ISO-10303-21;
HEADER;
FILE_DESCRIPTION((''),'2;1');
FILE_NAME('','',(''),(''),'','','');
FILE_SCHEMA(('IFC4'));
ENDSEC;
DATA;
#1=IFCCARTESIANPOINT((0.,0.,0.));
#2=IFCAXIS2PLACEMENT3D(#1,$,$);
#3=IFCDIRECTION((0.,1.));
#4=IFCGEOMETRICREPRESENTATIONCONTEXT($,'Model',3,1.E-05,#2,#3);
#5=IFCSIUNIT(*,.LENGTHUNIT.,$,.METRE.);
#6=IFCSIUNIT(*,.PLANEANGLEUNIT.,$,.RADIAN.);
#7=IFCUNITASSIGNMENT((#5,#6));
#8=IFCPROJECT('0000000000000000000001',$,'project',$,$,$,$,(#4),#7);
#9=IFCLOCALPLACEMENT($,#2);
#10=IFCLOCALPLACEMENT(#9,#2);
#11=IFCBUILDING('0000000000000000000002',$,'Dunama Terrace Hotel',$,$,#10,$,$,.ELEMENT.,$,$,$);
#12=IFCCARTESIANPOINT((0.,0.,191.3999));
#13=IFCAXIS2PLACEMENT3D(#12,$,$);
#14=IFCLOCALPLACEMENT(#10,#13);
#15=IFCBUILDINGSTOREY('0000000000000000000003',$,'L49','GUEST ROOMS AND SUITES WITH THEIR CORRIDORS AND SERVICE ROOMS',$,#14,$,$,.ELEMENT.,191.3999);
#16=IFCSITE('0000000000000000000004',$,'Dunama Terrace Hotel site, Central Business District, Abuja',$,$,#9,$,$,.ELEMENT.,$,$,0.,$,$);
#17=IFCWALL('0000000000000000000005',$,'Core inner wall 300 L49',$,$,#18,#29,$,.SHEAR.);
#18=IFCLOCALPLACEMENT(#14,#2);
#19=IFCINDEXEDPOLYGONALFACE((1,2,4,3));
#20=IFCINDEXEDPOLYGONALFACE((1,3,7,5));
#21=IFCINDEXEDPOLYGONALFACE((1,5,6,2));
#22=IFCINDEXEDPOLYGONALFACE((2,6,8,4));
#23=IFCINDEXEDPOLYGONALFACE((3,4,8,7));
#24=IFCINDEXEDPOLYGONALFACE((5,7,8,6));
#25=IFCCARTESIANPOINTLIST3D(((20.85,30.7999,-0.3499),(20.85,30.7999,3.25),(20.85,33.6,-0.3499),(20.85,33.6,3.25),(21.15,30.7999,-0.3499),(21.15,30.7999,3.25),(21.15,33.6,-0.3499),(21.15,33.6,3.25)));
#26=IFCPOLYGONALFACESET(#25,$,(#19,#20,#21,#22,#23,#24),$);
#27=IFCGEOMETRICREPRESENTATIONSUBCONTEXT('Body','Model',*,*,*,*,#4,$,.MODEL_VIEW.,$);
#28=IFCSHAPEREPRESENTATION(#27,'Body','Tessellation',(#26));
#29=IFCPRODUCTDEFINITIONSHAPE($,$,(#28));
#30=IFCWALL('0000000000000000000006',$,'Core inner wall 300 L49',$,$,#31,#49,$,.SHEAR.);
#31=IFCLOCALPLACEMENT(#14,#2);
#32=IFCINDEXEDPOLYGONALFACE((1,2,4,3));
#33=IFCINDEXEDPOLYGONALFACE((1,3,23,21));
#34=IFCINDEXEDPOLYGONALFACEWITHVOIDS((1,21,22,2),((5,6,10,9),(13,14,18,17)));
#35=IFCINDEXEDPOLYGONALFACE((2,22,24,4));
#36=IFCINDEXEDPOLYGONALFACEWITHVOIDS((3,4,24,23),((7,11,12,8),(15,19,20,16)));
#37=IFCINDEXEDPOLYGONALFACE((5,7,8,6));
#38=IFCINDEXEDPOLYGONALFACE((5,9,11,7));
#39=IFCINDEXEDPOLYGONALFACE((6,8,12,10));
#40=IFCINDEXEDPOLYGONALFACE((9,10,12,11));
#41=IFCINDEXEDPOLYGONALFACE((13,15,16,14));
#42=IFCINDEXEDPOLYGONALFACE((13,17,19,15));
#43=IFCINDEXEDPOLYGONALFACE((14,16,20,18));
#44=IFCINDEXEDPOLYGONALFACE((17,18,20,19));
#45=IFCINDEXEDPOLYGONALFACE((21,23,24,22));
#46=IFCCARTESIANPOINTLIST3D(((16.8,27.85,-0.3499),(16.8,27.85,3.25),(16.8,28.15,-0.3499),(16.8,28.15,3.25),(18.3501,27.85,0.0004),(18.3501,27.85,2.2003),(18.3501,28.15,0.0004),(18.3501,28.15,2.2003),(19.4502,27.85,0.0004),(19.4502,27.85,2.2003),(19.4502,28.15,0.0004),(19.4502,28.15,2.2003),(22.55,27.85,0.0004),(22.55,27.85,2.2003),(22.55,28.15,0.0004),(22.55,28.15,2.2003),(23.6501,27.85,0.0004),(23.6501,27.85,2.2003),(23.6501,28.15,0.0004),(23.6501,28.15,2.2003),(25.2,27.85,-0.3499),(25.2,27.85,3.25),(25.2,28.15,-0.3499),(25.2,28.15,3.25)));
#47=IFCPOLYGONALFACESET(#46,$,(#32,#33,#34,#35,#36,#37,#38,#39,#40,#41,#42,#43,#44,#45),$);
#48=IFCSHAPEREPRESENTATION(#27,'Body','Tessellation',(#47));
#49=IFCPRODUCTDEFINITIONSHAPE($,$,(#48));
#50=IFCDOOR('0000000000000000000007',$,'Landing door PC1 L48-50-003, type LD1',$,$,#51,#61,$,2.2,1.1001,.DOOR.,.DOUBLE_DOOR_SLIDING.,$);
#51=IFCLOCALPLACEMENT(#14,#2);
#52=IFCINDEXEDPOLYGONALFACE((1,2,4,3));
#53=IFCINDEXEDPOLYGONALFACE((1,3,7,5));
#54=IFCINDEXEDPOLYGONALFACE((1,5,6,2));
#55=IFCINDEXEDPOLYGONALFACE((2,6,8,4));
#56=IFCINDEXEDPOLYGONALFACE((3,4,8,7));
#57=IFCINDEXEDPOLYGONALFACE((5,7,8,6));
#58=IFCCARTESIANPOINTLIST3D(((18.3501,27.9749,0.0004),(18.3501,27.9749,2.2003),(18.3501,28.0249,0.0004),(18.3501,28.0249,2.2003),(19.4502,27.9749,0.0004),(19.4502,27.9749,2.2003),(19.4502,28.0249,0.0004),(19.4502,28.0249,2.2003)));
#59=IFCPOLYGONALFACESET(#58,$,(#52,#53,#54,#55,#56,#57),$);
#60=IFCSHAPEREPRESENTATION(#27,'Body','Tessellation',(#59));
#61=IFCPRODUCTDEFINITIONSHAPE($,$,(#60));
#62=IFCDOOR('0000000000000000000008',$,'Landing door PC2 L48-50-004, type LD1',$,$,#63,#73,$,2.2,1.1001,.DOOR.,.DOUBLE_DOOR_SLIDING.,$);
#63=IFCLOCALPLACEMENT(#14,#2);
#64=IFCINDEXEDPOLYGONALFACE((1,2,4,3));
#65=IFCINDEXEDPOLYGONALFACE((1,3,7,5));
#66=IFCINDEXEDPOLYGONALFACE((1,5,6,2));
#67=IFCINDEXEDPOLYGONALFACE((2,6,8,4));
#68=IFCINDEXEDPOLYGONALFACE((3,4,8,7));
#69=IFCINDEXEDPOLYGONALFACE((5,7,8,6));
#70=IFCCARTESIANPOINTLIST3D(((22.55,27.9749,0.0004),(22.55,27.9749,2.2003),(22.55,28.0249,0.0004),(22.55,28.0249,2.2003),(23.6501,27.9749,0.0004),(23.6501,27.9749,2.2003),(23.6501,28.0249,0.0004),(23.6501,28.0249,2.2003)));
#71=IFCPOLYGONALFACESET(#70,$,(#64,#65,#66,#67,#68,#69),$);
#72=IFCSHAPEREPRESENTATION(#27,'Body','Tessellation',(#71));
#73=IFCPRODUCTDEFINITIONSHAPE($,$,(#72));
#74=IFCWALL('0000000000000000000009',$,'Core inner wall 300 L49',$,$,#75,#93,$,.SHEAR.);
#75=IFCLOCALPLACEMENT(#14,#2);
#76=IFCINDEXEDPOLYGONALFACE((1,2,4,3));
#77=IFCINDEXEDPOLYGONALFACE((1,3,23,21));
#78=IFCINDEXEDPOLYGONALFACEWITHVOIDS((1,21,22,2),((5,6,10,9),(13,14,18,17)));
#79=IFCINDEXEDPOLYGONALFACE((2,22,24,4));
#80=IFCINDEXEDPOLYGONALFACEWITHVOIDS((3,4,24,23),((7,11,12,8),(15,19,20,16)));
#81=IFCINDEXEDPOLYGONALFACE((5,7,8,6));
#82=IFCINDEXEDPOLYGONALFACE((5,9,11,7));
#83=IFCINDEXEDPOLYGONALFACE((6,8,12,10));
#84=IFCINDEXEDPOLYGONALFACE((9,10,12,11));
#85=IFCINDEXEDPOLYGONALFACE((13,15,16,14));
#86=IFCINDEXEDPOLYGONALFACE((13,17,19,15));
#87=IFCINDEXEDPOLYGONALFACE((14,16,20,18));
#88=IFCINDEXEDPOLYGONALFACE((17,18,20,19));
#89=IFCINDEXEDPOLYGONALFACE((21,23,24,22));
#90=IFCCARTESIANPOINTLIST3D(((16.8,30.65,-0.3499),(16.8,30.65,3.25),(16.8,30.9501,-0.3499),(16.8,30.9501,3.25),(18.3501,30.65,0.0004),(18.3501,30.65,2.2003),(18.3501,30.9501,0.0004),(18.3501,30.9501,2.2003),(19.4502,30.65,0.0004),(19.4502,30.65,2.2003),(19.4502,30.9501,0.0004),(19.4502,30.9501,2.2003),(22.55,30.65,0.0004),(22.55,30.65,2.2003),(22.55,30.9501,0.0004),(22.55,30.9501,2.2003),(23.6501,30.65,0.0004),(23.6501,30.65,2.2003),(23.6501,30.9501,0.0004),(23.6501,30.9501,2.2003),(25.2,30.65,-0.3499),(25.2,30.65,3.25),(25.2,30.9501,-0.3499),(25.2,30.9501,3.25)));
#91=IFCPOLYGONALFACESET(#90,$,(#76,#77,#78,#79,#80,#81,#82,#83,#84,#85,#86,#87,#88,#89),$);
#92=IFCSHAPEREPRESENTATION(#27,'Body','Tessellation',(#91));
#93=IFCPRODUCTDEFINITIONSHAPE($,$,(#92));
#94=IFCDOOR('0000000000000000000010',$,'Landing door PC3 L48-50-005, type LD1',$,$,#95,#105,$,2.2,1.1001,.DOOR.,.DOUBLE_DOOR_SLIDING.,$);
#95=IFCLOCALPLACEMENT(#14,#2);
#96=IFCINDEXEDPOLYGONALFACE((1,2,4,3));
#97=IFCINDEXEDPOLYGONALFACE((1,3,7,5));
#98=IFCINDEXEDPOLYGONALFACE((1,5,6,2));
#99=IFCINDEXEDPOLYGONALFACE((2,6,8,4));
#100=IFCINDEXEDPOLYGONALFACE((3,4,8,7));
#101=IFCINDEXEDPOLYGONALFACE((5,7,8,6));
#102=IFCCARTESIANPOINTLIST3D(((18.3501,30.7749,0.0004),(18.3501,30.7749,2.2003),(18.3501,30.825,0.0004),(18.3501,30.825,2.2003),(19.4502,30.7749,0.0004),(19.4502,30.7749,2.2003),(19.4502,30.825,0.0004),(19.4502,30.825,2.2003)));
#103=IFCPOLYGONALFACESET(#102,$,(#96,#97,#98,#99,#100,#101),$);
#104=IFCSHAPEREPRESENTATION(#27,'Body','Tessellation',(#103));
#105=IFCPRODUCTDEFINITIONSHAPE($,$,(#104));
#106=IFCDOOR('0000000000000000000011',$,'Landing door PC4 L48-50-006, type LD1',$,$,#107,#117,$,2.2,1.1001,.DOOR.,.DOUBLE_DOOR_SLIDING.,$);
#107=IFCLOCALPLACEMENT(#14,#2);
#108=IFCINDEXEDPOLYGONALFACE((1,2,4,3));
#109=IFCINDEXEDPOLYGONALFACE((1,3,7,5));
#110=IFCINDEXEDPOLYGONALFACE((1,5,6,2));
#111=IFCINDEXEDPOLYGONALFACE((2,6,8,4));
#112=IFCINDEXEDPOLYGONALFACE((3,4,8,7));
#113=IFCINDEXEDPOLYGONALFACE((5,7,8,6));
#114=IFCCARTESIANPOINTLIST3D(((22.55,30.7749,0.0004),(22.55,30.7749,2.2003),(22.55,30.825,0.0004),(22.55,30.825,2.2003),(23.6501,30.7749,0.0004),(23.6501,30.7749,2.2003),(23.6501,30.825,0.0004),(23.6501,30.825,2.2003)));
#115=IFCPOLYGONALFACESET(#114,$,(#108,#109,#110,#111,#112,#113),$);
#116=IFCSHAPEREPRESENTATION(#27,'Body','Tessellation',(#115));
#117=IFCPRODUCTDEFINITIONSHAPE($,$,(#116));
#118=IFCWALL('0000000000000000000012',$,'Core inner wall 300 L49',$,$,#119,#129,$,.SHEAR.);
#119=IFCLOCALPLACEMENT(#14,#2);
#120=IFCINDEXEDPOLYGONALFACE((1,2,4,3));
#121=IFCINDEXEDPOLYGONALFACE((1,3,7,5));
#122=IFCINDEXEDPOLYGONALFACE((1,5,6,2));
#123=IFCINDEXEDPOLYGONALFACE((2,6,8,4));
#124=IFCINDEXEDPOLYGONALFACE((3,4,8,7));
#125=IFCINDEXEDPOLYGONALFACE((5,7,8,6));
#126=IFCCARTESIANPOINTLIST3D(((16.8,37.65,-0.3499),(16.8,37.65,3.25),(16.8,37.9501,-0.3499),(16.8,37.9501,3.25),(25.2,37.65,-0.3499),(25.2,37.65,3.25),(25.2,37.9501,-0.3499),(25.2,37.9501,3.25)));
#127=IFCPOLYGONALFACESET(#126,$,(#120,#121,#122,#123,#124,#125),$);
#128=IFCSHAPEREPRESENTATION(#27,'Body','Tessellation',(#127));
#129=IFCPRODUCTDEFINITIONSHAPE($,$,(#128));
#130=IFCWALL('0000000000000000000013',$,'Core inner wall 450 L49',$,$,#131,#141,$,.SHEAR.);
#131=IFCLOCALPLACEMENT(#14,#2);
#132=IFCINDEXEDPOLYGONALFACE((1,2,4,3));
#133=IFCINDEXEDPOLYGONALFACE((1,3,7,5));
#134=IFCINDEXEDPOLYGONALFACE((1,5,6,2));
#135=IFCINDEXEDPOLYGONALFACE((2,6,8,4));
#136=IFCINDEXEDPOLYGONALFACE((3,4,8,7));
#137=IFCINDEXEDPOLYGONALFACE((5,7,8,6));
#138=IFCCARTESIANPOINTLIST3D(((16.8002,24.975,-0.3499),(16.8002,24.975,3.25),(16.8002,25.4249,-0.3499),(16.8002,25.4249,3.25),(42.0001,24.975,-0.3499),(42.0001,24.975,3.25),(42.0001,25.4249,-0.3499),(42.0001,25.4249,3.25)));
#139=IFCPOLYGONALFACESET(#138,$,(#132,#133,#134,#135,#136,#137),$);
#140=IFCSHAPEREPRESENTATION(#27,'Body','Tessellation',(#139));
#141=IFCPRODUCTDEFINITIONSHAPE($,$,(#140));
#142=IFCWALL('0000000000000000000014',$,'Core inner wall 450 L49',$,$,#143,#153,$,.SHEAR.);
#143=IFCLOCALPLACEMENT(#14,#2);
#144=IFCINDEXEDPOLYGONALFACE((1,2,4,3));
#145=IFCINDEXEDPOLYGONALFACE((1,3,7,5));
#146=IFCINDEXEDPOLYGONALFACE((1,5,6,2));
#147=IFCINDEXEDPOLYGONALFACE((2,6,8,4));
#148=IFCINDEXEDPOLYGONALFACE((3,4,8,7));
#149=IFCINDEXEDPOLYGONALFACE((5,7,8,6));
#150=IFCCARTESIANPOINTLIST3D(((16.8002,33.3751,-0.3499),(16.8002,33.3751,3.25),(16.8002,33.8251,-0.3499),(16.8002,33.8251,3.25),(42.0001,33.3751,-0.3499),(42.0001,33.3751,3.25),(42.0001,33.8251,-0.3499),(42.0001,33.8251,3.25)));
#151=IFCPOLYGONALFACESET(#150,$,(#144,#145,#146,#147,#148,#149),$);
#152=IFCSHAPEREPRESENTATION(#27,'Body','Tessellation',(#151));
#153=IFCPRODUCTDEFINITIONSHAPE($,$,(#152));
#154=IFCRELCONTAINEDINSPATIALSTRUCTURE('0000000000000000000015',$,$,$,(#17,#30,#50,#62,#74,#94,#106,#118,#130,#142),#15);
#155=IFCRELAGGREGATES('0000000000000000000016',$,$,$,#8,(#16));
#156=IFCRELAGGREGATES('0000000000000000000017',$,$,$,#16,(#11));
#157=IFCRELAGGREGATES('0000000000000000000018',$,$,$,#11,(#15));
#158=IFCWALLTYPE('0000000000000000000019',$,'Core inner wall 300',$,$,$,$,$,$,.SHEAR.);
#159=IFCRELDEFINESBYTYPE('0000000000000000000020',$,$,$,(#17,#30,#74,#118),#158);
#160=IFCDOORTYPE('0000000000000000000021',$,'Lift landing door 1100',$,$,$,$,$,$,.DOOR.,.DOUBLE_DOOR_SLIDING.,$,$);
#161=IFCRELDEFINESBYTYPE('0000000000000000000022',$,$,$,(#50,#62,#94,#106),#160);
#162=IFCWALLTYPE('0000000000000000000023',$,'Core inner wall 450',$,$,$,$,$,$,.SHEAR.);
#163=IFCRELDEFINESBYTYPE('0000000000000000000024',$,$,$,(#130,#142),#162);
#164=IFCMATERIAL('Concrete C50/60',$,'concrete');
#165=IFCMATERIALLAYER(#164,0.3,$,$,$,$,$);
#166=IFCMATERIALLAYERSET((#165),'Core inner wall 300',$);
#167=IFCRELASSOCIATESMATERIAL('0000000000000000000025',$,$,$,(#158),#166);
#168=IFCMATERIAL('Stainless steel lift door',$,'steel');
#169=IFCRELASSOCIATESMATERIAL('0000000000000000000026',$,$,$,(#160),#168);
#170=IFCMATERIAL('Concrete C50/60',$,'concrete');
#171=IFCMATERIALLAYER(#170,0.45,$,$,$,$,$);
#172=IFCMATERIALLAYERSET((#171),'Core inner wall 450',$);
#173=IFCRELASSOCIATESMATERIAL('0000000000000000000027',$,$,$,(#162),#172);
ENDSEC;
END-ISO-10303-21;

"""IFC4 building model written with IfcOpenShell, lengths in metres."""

from ifc_helpers import new_model, si_unit, direction, frame, frame_2d, origin, place, context, subcontext, project, spatial, rectangle, extrude, material, layer, layer_set, type_object, element, fill, save


model = new_model("IFC4")

# Units and contexts
model_context = context("Model", 3, precision=1e-05, world=origin(), true_north=direction((0.0, 1.0)))
body_context = subcontext(model_context, "Body", "Model", "MODEL_VIEW")
ifc_project = project(units=[si_unit("LENGTHUNIT", "METRE"), si_unit("PLANEANGLEUNIT", "RADIAN")], contexts=[model_context])

# Site, building, storey
site_placement = place(None, origin())
site = spatial("IfcSite", under=ifc_project, at=site_placement, Name="Dunama Terrace Hotel site, Central Business District, Abuja", CompositionType="ELEMENT", RefElevation=0.0)
building_placement = place(site_placement, origin())
building = spatial("IfcBuilding", under=site, at=building_placement, Name="Dunama Terrace Hotel", CompositionType="ELEMENT")
storey_placement = place(building_placement, frame((0.0, 0.0, 191.3999)))
storey = spatial("IfcBuildingStorey", under=building, at=storey_placement, Name="L49", Description="GUEST ROOMS AND SUITES WITH THEIR CORRIDORS AND SERVICE ROOMS", CompositionType="ELEMENT", Elevation=191.3999)

# Wall
ifc_material_1 = material(Name="Concrete C50/60", Category="concrete")
ifc_layer_1 = layer(ifc_material_1, 0.3)
ifc_layer_set_1 = layer_set([ifc_layer_1], Name="Core inner wall 300")
wall_type_1 = type_object("IfcWallType", Name="Core inner wall 300", PredefinedType="SHEAR", material=ifc_layer_set_1)
wall_1_placement = place(storey_placement, frame((21.0, 30.8, -0.3499), z_axis=(0.0, 0.0, 1.0), x_axis=(0.0, 1.0, 0.0)))
element("IfcWall", 1, at=wall_1_placement, inside=storey, type_object=wall_type_1, Name="Core inner wall 300 L49", PredefinedType="SHEAR", context=body_context, shape_type="SweptSolid", body=[
    extrude(rectangle(XDim=2.8, YDim=0.3, at=frame_2d((1.3999, 0.0))), origin(), (0.0, 0.0, 1.0), 3.5999),
])

# Walls, openings, doors
wall_2_placement = place(storey_placement, frame((16.8, 28.0, -0.3499), z_axis=(0.0, 0.0, 1.0), x_axis=(1.0, 0.0, 0.0)))
wall_2 = element("IfcWall", 2, at=wall_2_placement, inside=storey, type_object=wall_type_1, Name="Core inner wall 300 L49", PredefinedType="SHEAR", context=body_context, shape_type="SweptSolid", body=[
    extrude(rectangle(XDim=8.3999, YDim=0.3, at=frame_2d((4.2, 0.0))), origin(), (0.0, 0.0, 1.0), 3.5999),
])
opening_1_placement = place(wall_2_placement, frame((1.55, 0.0, 0.3501)))
opening_1 = element("IfcOpeningElement", 3, at=opening_1_placement, cuts=wall_2, PredefinedType="OPENING", context=body_context, shape_type="SweptSolid", body=[
    extrude(rectangle(XDim=1.1001, YDim=2.2, at=frame_2d((0.55, 1.1001))), frame((0.0, 0.1599, 0.0), z_axis=(0.0, -1.0, 0.0), x_axis=(1.0, 0.0, 0.0)), (0.0, 0.0, 1.0), 0.3201),
])
opening_2_placement = place(wall_2_placement, frame((5.75, 0.0, 0.3501)))
opening_2 = element("IfcOpeningElement", 4, at=opening_2_placement, cuts=wall_2, PredefinedType="OPENING", context=body_context, shape_type="SweptSolid", body=[
    extrude(rectangle(XDim=1.1001, YDim=2.2, at=frame_2d((0.55, 1.1001))), frame((0.0, 0.1599, 0.0), z_axis=(0.0, -1.0, 0.0), x_axis=(1.0, 0.0, 0.0)), (0.0, 0.0, 1.0), 0.3201),
])
ifc_material_2 = material(Name="Stainless steel lift door", Category="steel")
door_type_1 = type_object("IfcDoorType", Name="Lift landing door 1100", OperationType="DOUBLE_DOOR_SLIDING", PredefinedType="DOOR", material=ifc_material_2)
door_1_placement = place(opening_1_placement, origin())
door_1 = element("IfcDoor", 5, at=door_1_placement, inside=storey, type_object=door_type_1, Name="Landing door PC1 L48-50-003, type LD1", OperationType="DOUBLE_DOOR_SLIDING", OverallHeight=2.2, OverallWidth=1.1001, PredefinedType="DOOR", context=body_context, shape_type="SweptSolid", body=[
    extrude(rectangle(XDim=1.1001, YDim=2.2, at=frame_2d((0.55, 1.1001))), frame((0.0, 0.0249, 0.0), z_axis=(0.0, -1.0, 0.0), x_axis=(1.0, 0.0, 0.0)), (0.0, 0.0, 1.0), 0.05),
])
fill(opening_1, door_1)
door_2_placement = place(opening_2_placement, origin())
door_2 = element("IfcDoor", 6, at=door_2_placement, inside=storey, type_object=door_type_1, Name="Landing door PC2 L48-50-004, type LD1", OperationType="DOUBLE_DOOR_SLIDING", OverallHeight=2.2, OverallWidth=1.1001, PredefinedType="DOOR", context=body_context, shape_type="SweptSolid", body=[
    extrude(rectangle(XDim=1.1001, YDim=2.2, at=frame_2d((0.55, 1.1001))), frame((0.0, 0.0249, 0.0), z_axis=(0.0, -1.0, 0.0), x_axis=(1.0, 0.0, 0.0)), (0.0, 0.0, 1.0), 0.05),
])
fill(opening_2, door_2)
wall_3_placement = place(storey_placement, frame((16.8, 30.8, -0.3499), z_axis=(0.0, 0.0, 1.0), x_axis=(1.0, 0.0, 0.0)))
wall_3 = element("IfcWall", 7, at=wall_3_placement, inside=storey, type_object=wall_type_1, Name="Core inner wall 300 L49", PredefinedType="SHEAR", context=body_context, shape_type="SweptSolid", body=[
    extrude(rectangle(XDim=8.3999, YDim=0.3, at=frame_2d((4.2, 0.0))), origin(), (0.0, 0.0, 1.0), 3.5999),
])
opening_3_placement = place(wall_3_placement, frame((1.55, 0.0, 0.3501)))
opening_3 = element("IfcOpeningElement", 8, at=opening_3_placement, cuts=wall_3, PredefinedType="OPENING", context=body_context, shape_type="SweptSolid", body=[
    extrude(rectangle(XDim=1.1001, YDim=2.2, at=frame_2d((0.55, 1.1001))), frame((0.0, 0.1599, 0.0), z_axis=(0.0, -1.0, 0.0), x_axis=(1.0, 0.0, 0.0)), (0.0, 0.0, 1.0), 0.3201),
])
opening_4_placement = place(wall_3_placement, frame((5.75, 0.0, 0.3501)))
opening_4 = element("IfcOpeningElement", 9, at=opening_4_placement, cuts=wall_3, PredefinedType="OPENING", context=body_context, shape_type="SweptSolid", body=[
    extrude(rectangle(XDim=1.1001, YDim=2.2, at=frame_2d((0.55, 1.1001))), frame((0.0, 0.1599, 0.0), z_axis=(0.0, -1.0, 0.0), x_axis=(1.0, 0.0, 0.0)), (0.0, 0.0, 1.0), 0.3201),
])
door_3_placement = place(opening_3_placement, origin())
door_3 = element("IfcDoor", 10, at=door_3_placement, inside=storey, type_object=door_type_1, Name="Landing door PC3 L48-50-005, type LD1", OperationType="DOUBLE_DOOR_SLIDING", OverallHeight=2.2, OverallWidth=1.1001, PredefinedType="DOOR", context=body_context, shape_type="SweptSolid", body=[
    extrude(rectangle(XDim=1.1001, YDim=2.2, at=frame_2d((0.55, 1.1001))), frame((0.0, 0.0249, 0.0), z_axis=(0.0, -1.0, 0.0), x_axis=(1.0, 0.0, 0.0)), (0.0, 0.0, 1.0), 0.05),
])
fill(opening_3, door_3)
door_4_placement = place(opening_4_placement, origin())
door_4 = element("IfcDoor", 11, at=door_4_placement, inside=storey, type_object=door_type_1, Name="Landing door PC4 L48-50-006, type LD1", OperationType="DOUBLE_DOOR_SLIDING", OverallHeight=2.2, OverallWidth=1.1001, PredefinedType="DOOR", context=body_context, shape_type="SweptSolid", body=[
    extrude(rectangle(XDim=1.1001, YDim=2.2, at=frame_2d((0.55, 1.1001))), frame((0.0, 0.0249, 0.0), z_axis=(0.0, -1.0, 0.0), x_axis=(1.0, 0.0, 0.0)), (0.0, 0.0, 1.0), 0.05),
])
fill(opening_4, door_4)

# Walls
wall_4_placement = place(storey_placement, frame((16.8, 37.8, -0.3499), z_axis=(0.0, 0.0, 1.0), x_axis=(1.0, 0.0, 0.0)))
element("IfcWall", 12, at=wall_4_placement, inside=storey, type_object=wall_type_1, Name="Core inner wall 300 L49", PredefinedType="SHEAR", context=body_context, shape_type="SweptSolid", body=[
    extrude(rectangle(XDim=8.3999, YDim=0.3, at=frame_2d((4.2, 0.0))), origin(), (0.0, 0.0, 1.0), 3.5999),
])
ifc_material_3 = material(Name="Concrete C50/60", Category="concrete")
ifc_layer_2 = layer(ifc_material_3, 0.45)
ifc_layer_set_2 = layer_set([ifc_layer_2], Name="Core inner wall 450")
wall_type_2 = type_object("IfcWallType", Name="Core inner wall 450", PredefinedType="SHEAR", material=ifc_layer_set_2)
for number, where, z_axis, x_axis, name in (
    (13, (16.8, 25.2, -0.3499), (0.0, 0.0, 1.0), (1.0, 0.0, 0.0), "Core inner wall 450 L49"),
    (14, (16.8, 33.6001, -0.3499), (0.0, 0.0, 1.0), (1.0, 0.0, 0.0), "Core inner wall 450 L49"),
):
    element("IfcWall", number, at=place(storey_placement, frame(where, z_axis=z_axis, x_axis=x_axis)), inside=storey, type_object=wall_type_2, Name=name, PredefinedType="SHEAR", context=body_context, shape_type="SweptSolid", body=[
        extrude(rectangle(XDim=25.2, YDim=0.45, at=frame_2d((12.6001, 0.0))), origin(), (0.0, 0.0, 1.0), 3.5999),
    ])

save(model, "model.ifc")
